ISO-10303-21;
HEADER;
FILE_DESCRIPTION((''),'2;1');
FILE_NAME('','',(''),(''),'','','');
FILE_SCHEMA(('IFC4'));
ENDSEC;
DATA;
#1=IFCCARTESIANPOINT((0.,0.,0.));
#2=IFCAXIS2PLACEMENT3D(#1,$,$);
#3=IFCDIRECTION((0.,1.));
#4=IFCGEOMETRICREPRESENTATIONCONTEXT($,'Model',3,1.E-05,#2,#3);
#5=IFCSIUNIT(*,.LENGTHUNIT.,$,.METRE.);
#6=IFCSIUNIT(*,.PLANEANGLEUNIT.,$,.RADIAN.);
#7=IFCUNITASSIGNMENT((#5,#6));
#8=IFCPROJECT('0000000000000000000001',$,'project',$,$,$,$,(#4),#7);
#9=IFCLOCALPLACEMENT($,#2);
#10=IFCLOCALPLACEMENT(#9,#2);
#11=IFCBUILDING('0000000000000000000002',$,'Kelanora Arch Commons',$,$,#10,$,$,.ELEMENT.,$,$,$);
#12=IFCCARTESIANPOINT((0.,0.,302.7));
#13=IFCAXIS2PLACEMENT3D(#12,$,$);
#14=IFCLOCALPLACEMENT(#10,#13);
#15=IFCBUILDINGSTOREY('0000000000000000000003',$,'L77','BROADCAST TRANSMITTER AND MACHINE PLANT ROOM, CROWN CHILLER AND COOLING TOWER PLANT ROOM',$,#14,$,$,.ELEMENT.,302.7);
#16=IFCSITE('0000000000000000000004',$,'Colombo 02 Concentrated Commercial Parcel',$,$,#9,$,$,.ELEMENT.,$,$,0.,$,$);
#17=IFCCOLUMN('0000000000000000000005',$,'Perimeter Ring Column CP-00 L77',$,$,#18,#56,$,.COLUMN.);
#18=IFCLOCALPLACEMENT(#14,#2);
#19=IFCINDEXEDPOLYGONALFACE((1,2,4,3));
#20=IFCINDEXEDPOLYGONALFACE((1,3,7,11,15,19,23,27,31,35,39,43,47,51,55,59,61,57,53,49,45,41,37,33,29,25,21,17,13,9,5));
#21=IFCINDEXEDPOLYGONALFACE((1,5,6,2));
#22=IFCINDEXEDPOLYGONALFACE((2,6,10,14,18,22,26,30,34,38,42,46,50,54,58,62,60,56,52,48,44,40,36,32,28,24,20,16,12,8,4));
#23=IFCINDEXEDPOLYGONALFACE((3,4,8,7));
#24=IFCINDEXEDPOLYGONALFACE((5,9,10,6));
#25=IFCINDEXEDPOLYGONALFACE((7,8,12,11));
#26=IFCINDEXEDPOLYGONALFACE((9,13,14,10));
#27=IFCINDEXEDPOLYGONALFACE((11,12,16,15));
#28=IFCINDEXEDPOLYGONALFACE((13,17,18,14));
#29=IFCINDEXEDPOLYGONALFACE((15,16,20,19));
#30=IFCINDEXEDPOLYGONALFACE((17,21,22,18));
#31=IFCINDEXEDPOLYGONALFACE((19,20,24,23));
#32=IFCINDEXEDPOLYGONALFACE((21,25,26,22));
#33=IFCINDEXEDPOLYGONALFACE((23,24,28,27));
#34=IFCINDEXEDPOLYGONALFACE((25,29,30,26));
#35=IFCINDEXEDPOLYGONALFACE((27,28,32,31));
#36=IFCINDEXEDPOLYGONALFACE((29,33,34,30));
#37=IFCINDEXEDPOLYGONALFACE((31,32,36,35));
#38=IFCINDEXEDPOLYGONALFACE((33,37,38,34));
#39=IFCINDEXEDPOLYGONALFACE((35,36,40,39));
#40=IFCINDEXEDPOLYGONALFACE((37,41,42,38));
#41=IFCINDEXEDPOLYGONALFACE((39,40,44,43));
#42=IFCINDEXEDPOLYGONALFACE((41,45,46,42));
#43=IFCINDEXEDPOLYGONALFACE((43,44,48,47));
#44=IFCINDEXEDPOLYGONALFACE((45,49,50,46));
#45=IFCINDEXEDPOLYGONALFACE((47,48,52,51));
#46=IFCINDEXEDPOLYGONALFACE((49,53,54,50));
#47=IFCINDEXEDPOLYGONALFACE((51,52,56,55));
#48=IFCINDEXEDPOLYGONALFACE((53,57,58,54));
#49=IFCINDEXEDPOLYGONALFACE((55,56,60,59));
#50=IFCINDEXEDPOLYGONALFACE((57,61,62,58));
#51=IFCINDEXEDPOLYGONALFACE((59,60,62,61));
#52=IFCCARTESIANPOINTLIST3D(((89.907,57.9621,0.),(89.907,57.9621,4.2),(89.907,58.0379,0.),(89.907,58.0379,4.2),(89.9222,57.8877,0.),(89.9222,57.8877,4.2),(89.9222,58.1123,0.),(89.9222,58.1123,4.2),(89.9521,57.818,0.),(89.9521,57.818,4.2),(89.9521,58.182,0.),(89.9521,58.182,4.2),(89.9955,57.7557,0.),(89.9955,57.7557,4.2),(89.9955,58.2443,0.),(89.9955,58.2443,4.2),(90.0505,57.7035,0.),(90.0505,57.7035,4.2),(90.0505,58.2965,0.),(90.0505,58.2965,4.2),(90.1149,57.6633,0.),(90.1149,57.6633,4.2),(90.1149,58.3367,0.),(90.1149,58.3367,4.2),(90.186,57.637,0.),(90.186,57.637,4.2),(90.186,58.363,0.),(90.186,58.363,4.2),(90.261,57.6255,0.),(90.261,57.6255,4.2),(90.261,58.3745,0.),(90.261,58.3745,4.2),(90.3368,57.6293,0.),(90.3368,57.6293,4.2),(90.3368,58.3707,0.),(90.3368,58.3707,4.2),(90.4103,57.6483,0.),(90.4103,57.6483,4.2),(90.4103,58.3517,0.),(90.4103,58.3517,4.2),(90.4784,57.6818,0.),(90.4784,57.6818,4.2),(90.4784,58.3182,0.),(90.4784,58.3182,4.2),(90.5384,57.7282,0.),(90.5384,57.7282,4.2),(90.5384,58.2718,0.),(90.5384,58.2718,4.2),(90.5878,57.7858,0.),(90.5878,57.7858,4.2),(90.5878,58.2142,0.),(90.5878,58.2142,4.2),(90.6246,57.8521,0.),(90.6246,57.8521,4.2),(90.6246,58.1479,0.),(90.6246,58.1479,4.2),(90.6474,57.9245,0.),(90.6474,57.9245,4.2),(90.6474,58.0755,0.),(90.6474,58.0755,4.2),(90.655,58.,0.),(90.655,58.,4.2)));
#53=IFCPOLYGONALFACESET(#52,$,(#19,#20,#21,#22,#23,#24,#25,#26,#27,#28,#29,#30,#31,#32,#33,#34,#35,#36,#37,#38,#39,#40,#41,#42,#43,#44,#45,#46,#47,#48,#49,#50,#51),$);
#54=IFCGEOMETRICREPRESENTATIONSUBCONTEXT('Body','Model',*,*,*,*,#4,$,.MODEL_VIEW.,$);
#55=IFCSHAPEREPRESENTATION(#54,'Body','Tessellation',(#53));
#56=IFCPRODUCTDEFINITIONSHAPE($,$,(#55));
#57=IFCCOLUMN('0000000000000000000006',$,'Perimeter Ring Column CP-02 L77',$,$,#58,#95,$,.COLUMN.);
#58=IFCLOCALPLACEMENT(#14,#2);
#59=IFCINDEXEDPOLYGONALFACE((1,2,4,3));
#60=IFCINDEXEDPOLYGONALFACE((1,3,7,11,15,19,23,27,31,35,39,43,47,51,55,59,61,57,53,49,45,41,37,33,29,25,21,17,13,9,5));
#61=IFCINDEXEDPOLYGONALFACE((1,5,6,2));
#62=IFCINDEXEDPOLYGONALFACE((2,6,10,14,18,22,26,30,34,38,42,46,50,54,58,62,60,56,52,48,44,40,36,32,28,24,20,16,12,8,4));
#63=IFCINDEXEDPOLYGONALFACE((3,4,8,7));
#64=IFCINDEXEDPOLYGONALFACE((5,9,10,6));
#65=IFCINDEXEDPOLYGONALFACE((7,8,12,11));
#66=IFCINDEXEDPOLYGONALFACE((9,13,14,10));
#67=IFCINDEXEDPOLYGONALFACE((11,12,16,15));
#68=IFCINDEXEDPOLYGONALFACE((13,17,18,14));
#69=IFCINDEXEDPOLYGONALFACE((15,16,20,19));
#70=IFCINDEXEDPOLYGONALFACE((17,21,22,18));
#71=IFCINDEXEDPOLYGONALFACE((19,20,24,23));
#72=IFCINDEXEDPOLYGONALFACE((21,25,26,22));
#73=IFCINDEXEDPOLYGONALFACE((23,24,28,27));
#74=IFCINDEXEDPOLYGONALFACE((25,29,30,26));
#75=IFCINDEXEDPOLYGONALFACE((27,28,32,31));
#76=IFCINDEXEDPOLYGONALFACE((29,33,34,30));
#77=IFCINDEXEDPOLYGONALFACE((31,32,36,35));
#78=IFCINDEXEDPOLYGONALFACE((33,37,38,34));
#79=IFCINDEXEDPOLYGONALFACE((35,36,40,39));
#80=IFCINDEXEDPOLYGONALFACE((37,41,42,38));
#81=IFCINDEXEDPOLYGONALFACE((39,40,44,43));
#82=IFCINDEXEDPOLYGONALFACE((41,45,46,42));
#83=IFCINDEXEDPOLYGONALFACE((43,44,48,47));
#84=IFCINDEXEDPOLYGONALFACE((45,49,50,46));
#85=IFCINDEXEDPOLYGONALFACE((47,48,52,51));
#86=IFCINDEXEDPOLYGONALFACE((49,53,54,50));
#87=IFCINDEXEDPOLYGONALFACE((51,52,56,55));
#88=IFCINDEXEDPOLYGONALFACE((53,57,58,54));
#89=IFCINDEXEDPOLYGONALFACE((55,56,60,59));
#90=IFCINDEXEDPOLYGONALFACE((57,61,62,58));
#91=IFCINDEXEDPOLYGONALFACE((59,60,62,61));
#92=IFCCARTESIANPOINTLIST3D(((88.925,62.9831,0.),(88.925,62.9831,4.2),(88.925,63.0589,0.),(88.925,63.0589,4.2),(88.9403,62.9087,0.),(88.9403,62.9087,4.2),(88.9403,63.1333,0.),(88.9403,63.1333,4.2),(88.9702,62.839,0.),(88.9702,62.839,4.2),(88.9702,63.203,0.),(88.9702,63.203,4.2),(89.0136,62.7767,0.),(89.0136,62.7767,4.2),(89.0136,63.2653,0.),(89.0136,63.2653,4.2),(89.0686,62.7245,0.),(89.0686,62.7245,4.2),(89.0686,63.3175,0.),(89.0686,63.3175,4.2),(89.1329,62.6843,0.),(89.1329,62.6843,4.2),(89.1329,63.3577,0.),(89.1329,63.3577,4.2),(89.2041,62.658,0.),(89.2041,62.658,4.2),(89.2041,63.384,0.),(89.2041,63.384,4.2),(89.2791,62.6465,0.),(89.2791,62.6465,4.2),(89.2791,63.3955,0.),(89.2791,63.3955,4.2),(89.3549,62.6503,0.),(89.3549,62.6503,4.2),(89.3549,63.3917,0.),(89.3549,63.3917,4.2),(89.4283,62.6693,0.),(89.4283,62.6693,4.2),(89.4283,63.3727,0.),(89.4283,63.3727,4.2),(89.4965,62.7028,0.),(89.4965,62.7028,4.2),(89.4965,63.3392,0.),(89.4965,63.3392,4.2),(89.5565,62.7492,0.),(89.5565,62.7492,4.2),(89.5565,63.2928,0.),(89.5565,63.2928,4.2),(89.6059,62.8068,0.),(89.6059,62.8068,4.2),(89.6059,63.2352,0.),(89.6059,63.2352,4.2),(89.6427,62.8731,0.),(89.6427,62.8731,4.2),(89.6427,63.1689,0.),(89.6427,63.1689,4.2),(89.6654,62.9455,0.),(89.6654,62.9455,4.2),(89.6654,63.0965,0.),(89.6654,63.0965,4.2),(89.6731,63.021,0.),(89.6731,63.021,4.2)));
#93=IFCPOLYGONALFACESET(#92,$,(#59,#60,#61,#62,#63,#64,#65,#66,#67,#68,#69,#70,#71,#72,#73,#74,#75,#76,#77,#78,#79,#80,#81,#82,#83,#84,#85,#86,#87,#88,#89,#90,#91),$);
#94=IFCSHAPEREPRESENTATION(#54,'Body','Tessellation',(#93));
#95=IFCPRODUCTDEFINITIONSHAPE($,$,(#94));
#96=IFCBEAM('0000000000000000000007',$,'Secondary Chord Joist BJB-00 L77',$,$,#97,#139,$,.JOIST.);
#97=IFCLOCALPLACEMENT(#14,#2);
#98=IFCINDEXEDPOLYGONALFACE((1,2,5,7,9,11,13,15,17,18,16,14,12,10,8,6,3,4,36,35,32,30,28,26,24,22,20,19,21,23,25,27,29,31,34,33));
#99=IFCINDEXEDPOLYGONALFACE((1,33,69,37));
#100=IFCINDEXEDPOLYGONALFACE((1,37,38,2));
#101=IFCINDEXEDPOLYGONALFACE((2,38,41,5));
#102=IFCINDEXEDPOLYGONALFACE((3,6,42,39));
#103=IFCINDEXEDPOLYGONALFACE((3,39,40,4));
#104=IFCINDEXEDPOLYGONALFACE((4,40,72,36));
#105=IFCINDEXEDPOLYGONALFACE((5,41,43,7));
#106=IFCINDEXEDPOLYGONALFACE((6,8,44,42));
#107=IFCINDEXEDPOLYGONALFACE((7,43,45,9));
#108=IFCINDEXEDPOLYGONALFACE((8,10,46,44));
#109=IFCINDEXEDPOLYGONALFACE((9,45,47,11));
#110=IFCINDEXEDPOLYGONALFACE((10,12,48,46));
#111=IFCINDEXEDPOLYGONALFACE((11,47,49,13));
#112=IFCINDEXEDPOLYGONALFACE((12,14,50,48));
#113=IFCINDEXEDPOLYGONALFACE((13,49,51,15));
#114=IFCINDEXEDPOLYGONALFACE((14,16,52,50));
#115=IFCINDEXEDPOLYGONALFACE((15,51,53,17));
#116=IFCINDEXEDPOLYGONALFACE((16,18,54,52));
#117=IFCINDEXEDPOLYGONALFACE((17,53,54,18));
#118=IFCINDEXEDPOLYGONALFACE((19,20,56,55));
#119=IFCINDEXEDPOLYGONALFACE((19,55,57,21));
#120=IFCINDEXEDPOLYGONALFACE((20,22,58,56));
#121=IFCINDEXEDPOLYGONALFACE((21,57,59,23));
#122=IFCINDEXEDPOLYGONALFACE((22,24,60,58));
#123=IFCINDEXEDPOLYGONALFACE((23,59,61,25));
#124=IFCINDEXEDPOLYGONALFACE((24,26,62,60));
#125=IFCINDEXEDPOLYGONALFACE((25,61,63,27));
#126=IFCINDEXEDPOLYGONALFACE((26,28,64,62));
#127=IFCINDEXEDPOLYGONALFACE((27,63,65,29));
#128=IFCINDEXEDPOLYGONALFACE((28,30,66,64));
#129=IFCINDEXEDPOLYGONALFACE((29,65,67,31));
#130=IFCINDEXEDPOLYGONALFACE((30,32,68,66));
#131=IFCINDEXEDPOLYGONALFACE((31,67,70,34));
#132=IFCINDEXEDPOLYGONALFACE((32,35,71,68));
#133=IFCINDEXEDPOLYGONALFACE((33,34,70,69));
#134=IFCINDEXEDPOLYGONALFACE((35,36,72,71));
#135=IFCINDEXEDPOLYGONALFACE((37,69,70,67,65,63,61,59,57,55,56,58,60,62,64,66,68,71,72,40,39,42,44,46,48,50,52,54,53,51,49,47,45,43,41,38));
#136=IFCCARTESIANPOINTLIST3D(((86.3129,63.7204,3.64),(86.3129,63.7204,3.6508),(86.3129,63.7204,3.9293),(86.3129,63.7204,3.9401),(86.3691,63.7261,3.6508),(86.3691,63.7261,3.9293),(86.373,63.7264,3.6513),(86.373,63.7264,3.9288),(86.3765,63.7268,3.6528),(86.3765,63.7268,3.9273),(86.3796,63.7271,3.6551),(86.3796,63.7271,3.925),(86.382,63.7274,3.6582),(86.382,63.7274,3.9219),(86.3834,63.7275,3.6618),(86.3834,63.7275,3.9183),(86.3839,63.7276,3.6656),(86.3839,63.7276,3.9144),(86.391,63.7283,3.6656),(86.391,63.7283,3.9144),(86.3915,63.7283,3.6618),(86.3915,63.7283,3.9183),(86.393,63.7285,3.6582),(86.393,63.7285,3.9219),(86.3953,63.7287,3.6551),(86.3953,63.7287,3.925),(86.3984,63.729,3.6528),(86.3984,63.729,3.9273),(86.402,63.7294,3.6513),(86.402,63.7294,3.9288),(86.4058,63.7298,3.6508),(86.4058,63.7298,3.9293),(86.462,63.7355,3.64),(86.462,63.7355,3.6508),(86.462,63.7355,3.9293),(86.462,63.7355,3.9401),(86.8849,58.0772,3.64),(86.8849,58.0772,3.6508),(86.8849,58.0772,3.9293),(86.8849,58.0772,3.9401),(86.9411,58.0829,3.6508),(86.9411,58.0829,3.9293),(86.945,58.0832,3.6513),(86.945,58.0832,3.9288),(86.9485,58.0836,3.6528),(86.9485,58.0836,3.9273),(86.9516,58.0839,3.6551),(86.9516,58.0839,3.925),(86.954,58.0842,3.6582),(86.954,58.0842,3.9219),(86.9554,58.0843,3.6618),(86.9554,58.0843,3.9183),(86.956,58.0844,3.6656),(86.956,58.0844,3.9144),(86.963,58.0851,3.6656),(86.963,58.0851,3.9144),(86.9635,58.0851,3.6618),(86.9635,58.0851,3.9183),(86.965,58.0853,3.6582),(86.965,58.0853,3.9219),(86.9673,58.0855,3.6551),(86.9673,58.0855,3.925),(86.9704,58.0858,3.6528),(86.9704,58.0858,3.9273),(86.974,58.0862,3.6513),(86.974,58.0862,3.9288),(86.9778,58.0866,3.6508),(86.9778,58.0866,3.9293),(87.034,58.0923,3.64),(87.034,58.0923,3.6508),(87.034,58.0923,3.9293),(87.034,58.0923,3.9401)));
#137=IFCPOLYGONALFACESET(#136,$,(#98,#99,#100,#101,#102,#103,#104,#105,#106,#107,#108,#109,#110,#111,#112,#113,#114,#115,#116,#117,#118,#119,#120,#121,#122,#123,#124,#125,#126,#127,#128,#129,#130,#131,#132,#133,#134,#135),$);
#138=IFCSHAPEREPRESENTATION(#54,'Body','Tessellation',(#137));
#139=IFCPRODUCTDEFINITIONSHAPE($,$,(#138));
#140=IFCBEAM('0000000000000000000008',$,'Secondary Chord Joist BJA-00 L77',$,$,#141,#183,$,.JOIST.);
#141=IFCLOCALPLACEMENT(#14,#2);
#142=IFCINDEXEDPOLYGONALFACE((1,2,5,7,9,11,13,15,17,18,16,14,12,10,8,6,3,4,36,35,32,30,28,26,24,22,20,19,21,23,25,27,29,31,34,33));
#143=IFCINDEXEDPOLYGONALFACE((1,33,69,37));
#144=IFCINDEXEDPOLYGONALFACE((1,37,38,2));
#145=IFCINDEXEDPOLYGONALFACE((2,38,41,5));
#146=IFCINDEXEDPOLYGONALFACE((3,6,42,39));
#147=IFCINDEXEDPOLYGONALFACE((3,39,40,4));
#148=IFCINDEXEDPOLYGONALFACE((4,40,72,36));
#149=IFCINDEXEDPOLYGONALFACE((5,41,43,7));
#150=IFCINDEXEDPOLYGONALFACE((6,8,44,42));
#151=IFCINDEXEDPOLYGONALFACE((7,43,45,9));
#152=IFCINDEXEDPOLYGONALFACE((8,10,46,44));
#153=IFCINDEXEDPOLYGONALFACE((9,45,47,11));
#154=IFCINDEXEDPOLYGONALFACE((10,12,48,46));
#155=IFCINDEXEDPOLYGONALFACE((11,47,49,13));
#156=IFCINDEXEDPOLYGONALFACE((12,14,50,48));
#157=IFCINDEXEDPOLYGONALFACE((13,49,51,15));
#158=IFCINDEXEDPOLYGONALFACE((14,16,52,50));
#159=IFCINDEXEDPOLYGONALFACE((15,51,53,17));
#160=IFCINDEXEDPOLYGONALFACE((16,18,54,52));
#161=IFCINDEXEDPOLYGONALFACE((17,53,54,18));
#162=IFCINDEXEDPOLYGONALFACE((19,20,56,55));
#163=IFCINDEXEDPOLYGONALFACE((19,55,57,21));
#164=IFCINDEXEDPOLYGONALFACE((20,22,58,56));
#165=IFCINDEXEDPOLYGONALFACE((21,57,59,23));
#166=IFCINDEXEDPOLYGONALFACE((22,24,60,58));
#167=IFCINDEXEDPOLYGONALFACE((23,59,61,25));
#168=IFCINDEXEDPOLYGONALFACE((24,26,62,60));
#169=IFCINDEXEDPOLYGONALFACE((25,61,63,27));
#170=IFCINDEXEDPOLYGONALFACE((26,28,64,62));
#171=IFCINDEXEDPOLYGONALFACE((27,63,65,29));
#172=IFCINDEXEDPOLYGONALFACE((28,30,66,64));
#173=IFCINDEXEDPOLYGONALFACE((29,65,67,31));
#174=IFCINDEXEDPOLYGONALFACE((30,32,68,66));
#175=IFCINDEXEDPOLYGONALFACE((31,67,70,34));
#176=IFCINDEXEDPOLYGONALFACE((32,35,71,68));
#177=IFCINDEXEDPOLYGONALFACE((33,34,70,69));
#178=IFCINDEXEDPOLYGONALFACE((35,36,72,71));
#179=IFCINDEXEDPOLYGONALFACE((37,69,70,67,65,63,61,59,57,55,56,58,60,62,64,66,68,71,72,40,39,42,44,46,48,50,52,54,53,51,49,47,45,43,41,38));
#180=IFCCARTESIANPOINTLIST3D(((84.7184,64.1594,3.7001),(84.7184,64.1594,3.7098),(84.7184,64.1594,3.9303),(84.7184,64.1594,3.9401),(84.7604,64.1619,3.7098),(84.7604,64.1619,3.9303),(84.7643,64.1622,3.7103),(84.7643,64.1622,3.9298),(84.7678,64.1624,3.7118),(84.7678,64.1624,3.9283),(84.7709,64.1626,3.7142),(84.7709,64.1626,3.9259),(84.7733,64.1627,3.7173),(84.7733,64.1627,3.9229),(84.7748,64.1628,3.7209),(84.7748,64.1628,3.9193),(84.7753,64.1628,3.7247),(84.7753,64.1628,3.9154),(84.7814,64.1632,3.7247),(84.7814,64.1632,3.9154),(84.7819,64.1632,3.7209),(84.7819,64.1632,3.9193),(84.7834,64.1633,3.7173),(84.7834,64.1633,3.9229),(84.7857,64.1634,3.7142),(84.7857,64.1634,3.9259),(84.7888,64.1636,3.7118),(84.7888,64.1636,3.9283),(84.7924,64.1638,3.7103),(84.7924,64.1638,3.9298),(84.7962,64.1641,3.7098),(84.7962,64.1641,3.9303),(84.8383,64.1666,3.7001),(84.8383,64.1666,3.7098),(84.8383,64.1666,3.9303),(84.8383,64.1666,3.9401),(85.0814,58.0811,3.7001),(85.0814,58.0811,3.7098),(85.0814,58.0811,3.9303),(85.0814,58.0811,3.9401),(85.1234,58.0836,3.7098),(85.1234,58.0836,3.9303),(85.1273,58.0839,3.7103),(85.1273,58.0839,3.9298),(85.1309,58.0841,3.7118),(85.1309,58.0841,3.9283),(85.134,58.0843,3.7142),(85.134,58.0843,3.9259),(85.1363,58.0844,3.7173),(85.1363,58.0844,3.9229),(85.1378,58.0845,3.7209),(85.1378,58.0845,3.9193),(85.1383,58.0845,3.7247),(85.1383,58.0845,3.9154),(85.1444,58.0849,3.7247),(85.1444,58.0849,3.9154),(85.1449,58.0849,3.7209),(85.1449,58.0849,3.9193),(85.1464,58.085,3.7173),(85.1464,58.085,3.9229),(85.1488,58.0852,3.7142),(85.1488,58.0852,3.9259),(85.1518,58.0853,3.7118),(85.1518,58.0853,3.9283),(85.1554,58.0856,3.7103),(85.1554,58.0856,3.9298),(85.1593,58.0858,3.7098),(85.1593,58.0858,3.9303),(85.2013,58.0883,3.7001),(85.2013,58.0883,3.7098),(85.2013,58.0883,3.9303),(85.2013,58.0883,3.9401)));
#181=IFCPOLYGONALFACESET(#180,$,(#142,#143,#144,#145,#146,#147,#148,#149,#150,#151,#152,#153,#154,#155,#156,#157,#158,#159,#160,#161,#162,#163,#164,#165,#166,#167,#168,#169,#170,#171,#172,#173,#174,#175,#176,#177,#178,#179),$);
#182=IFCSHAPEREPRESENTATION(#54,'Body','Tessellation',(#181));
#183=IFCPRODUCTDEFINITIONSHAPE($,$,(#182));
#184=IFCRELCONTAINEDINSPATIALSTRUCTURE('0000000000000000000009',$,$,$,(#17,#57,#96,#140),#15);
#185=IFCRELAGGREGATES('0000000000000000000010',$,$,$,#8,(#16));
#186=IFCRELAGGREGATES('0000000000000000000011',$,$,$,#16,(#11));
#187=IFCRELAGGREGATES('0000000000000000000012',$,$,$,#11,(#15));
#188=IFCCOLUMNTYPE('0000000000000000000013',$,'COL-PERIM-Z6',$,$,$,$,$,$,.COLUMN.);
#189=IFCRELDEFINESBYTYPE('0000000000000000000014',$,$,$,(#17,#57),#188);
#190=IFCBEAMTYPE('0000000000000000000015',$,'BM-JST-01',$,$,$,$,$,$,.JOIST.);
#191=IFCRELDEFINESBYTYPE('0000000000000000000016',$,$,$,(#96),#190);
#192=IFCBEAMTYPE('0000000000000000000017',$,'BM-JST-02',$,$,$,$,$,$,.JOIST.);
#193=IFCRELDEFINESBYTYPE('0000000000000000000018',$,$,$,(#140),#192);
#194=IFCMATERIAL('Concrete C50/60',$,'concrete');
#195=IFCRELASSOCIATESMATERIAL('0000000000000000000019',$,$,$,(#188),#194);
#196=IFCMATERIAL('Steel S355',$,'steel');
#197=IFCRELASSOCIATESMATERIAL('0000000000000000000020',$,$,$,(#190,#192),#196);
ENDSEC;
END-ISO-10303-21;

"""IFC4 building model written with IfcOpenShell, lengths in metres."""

from ifc_helpers import new_model, si_unit, direction, frame, origin, origin_2d, place, context, subcontext, project, spatial, circle, i_section, extrude, material, material_profile, profile_set, type_object, element, save


model = new_model("IFC4")

# Units and contexts
model_context = context("Model", 3, precision=1e-05, world=origin(), true_north=direction((0.0, 1.0)))
body_context = subcontext(model_context, "Body", "Model", "MODEL_VIEW")
ifc_project = project(units=[si_unit("LENGTHUNIT", "METRE"), si_unit("PLANEANGLEUNIT", "RADIAN")], contexts=[model_context])

# Site, building, storey
site_placement = place(None, origin())
site = spatial("IfcSite", under=ifc_project, at=site_placement, Name="Colombo 02 Concentrated Commercial Parcel", CompositionType="ELEMENT", RefElevation=0.0)
building_placement = place(site_placement, origin())
building = spatial("IfcBuilding", under=site, at=building_placement, Name="Kelanora Arch Commons", CompositionType="ELEMENT")
storey_placement = place(building_placement, frame((0.0, 0.0, 302.7)))
storey = spatial("IfcBuildingStorey", under=building, at=storey_placement, Name="L77", Description="BROADCAST TRANSMITTER AND MACHINE PLANT ROOM, CROWN CHILLER AND COOLING TOWER PLANT ROOM", CompositionType="ELEMENT", Elevation=302.7)

# Columns
ifc_material_1 = material(Name="Concrete C50/60", Category="concrete")
ifc_material_profile_1 = material_profile(ifc_material_1, circle(Radius=0.375, at=origin_2d()), Name="RCC750")
ifc_profile_set_1 = profile_set([ifc_material_profile_1], Name="Concrete C50/60")
column_type = type_object("IfcColumnType", Name="COL-PERIM-Z6", PredefinedType="COLUMN", material=ifc_profile_set_1)
for number, where, z_axis, x_axis, name in (
    (1, (90.28, 58.0, 0.0), (0.0, 0.0, 1.0), (1.0, 0.0, 0.0), "Perimeter Ring Column CP-00 L77"),
    (2, (89.2981, 63.021, 0.0), (0.0, 0.0, 1.0), (1.0, 0.0, 0.0), "Perimeter Ring Column CP-02 L77"),
):
    element("IfcColumn", number, at=place(storey_placement, frame(where, z_axis=z_axis, x_axis=x_axis)), inside=storey, type_object=column_type, Name=name, PredefinedType="COLUMN", context=body_context, shape_type="SweptSolid", body=[
        extrude(circle(Radius=0.375, at=origin_2d()), origin(), (0.0, 0.0, 1.0), 4.2),
    ])

# Beams
ifc_material_2 = material(Name="Steel S355", Category="steel")
ifc_material_profile_2 = material_profile(ifc_material_2, i_section(OverallWidth=0.1499, OverallDepth=0.3, WebThickness=0.0071, FlangeThickness=0.0107, FilletRadius=0.0149, at=origin_2d()), Name="IPE300")
ifc_profile_set_2 = profile_set([ifc_material_profile_2], Name="Steel S355")
beam_type_1 = type_object("IfcBeamType", Name="BM-JST-01", PredefinedType="JOIST", material=ifc_profile_set_2)
beam_1_placement = place(storey_placement, frame((86.9595, 58.0847, 3.79), z_axis=(-0.100846, 0.994902, 0.0), x_axis=(-0.994902, -0.100846, 0.0)))
element("IfcBeam", 3, at=beam_1_placement, inside=storey, type_object=beam_type_1, Name="Secondary Chord Joist BJB-00 L77", PredefinedType="JOIST", context=body_context, shape_type="SweptSolid", body=[
    extrude(i_section(OverallWidth=0.1499, OverallDepth=0.3, WebThickness=0.0071, FlangeThickness=0.0107, FilletRadius=0.0149, at=origin_2d()), origin(), (0.0, 0.0, 1.0), 5.6721),
])
ifc_material_profile_3 = material_profile(ifc_material_2, i_section(OverallWidth=0.1201, OverallDepth=0.24, WebThickness=0.0061, FlangeThickness=0.0098, FilletRadius=0.0149, at=origin_2d()), Name="IPE240")
ifc_profile_set_3 = profile_set([ifc_material_profile_3], Name="Steel S355")
beam_type_2 = type_object("IfcBeamType", Name="BM-JST-02", PredefinedType="JOIST", material=ifc_profile_set_3)
beam_2_placement = place(storey_placement, frame((85.1414, 58.0847, 3.8201), z_axis=(-0.05962, 0.998221, 0.0), x_axis=(-0.998221, -0.05962, 0.0)))
element("IfcBeam", 4, at=beam_2_placement, inside=storey, type_object=beam_type_2, Name="Secondary Chord Joist BJA-00 L77", PredefinedType="JOIST", context=body_context, shape_type="SweptSolid", body=[
    extrude(i_section(OverallWidth=0.1201, OverallDepth=0.24, WebThickness=0.0061, FlangeThickness=0.0098, FilletRadius=0.0149, at=origin_2d()), origin(), (0.0, 0.0, 1.0), 6.0891),
])

save(model, "model.ifc")
